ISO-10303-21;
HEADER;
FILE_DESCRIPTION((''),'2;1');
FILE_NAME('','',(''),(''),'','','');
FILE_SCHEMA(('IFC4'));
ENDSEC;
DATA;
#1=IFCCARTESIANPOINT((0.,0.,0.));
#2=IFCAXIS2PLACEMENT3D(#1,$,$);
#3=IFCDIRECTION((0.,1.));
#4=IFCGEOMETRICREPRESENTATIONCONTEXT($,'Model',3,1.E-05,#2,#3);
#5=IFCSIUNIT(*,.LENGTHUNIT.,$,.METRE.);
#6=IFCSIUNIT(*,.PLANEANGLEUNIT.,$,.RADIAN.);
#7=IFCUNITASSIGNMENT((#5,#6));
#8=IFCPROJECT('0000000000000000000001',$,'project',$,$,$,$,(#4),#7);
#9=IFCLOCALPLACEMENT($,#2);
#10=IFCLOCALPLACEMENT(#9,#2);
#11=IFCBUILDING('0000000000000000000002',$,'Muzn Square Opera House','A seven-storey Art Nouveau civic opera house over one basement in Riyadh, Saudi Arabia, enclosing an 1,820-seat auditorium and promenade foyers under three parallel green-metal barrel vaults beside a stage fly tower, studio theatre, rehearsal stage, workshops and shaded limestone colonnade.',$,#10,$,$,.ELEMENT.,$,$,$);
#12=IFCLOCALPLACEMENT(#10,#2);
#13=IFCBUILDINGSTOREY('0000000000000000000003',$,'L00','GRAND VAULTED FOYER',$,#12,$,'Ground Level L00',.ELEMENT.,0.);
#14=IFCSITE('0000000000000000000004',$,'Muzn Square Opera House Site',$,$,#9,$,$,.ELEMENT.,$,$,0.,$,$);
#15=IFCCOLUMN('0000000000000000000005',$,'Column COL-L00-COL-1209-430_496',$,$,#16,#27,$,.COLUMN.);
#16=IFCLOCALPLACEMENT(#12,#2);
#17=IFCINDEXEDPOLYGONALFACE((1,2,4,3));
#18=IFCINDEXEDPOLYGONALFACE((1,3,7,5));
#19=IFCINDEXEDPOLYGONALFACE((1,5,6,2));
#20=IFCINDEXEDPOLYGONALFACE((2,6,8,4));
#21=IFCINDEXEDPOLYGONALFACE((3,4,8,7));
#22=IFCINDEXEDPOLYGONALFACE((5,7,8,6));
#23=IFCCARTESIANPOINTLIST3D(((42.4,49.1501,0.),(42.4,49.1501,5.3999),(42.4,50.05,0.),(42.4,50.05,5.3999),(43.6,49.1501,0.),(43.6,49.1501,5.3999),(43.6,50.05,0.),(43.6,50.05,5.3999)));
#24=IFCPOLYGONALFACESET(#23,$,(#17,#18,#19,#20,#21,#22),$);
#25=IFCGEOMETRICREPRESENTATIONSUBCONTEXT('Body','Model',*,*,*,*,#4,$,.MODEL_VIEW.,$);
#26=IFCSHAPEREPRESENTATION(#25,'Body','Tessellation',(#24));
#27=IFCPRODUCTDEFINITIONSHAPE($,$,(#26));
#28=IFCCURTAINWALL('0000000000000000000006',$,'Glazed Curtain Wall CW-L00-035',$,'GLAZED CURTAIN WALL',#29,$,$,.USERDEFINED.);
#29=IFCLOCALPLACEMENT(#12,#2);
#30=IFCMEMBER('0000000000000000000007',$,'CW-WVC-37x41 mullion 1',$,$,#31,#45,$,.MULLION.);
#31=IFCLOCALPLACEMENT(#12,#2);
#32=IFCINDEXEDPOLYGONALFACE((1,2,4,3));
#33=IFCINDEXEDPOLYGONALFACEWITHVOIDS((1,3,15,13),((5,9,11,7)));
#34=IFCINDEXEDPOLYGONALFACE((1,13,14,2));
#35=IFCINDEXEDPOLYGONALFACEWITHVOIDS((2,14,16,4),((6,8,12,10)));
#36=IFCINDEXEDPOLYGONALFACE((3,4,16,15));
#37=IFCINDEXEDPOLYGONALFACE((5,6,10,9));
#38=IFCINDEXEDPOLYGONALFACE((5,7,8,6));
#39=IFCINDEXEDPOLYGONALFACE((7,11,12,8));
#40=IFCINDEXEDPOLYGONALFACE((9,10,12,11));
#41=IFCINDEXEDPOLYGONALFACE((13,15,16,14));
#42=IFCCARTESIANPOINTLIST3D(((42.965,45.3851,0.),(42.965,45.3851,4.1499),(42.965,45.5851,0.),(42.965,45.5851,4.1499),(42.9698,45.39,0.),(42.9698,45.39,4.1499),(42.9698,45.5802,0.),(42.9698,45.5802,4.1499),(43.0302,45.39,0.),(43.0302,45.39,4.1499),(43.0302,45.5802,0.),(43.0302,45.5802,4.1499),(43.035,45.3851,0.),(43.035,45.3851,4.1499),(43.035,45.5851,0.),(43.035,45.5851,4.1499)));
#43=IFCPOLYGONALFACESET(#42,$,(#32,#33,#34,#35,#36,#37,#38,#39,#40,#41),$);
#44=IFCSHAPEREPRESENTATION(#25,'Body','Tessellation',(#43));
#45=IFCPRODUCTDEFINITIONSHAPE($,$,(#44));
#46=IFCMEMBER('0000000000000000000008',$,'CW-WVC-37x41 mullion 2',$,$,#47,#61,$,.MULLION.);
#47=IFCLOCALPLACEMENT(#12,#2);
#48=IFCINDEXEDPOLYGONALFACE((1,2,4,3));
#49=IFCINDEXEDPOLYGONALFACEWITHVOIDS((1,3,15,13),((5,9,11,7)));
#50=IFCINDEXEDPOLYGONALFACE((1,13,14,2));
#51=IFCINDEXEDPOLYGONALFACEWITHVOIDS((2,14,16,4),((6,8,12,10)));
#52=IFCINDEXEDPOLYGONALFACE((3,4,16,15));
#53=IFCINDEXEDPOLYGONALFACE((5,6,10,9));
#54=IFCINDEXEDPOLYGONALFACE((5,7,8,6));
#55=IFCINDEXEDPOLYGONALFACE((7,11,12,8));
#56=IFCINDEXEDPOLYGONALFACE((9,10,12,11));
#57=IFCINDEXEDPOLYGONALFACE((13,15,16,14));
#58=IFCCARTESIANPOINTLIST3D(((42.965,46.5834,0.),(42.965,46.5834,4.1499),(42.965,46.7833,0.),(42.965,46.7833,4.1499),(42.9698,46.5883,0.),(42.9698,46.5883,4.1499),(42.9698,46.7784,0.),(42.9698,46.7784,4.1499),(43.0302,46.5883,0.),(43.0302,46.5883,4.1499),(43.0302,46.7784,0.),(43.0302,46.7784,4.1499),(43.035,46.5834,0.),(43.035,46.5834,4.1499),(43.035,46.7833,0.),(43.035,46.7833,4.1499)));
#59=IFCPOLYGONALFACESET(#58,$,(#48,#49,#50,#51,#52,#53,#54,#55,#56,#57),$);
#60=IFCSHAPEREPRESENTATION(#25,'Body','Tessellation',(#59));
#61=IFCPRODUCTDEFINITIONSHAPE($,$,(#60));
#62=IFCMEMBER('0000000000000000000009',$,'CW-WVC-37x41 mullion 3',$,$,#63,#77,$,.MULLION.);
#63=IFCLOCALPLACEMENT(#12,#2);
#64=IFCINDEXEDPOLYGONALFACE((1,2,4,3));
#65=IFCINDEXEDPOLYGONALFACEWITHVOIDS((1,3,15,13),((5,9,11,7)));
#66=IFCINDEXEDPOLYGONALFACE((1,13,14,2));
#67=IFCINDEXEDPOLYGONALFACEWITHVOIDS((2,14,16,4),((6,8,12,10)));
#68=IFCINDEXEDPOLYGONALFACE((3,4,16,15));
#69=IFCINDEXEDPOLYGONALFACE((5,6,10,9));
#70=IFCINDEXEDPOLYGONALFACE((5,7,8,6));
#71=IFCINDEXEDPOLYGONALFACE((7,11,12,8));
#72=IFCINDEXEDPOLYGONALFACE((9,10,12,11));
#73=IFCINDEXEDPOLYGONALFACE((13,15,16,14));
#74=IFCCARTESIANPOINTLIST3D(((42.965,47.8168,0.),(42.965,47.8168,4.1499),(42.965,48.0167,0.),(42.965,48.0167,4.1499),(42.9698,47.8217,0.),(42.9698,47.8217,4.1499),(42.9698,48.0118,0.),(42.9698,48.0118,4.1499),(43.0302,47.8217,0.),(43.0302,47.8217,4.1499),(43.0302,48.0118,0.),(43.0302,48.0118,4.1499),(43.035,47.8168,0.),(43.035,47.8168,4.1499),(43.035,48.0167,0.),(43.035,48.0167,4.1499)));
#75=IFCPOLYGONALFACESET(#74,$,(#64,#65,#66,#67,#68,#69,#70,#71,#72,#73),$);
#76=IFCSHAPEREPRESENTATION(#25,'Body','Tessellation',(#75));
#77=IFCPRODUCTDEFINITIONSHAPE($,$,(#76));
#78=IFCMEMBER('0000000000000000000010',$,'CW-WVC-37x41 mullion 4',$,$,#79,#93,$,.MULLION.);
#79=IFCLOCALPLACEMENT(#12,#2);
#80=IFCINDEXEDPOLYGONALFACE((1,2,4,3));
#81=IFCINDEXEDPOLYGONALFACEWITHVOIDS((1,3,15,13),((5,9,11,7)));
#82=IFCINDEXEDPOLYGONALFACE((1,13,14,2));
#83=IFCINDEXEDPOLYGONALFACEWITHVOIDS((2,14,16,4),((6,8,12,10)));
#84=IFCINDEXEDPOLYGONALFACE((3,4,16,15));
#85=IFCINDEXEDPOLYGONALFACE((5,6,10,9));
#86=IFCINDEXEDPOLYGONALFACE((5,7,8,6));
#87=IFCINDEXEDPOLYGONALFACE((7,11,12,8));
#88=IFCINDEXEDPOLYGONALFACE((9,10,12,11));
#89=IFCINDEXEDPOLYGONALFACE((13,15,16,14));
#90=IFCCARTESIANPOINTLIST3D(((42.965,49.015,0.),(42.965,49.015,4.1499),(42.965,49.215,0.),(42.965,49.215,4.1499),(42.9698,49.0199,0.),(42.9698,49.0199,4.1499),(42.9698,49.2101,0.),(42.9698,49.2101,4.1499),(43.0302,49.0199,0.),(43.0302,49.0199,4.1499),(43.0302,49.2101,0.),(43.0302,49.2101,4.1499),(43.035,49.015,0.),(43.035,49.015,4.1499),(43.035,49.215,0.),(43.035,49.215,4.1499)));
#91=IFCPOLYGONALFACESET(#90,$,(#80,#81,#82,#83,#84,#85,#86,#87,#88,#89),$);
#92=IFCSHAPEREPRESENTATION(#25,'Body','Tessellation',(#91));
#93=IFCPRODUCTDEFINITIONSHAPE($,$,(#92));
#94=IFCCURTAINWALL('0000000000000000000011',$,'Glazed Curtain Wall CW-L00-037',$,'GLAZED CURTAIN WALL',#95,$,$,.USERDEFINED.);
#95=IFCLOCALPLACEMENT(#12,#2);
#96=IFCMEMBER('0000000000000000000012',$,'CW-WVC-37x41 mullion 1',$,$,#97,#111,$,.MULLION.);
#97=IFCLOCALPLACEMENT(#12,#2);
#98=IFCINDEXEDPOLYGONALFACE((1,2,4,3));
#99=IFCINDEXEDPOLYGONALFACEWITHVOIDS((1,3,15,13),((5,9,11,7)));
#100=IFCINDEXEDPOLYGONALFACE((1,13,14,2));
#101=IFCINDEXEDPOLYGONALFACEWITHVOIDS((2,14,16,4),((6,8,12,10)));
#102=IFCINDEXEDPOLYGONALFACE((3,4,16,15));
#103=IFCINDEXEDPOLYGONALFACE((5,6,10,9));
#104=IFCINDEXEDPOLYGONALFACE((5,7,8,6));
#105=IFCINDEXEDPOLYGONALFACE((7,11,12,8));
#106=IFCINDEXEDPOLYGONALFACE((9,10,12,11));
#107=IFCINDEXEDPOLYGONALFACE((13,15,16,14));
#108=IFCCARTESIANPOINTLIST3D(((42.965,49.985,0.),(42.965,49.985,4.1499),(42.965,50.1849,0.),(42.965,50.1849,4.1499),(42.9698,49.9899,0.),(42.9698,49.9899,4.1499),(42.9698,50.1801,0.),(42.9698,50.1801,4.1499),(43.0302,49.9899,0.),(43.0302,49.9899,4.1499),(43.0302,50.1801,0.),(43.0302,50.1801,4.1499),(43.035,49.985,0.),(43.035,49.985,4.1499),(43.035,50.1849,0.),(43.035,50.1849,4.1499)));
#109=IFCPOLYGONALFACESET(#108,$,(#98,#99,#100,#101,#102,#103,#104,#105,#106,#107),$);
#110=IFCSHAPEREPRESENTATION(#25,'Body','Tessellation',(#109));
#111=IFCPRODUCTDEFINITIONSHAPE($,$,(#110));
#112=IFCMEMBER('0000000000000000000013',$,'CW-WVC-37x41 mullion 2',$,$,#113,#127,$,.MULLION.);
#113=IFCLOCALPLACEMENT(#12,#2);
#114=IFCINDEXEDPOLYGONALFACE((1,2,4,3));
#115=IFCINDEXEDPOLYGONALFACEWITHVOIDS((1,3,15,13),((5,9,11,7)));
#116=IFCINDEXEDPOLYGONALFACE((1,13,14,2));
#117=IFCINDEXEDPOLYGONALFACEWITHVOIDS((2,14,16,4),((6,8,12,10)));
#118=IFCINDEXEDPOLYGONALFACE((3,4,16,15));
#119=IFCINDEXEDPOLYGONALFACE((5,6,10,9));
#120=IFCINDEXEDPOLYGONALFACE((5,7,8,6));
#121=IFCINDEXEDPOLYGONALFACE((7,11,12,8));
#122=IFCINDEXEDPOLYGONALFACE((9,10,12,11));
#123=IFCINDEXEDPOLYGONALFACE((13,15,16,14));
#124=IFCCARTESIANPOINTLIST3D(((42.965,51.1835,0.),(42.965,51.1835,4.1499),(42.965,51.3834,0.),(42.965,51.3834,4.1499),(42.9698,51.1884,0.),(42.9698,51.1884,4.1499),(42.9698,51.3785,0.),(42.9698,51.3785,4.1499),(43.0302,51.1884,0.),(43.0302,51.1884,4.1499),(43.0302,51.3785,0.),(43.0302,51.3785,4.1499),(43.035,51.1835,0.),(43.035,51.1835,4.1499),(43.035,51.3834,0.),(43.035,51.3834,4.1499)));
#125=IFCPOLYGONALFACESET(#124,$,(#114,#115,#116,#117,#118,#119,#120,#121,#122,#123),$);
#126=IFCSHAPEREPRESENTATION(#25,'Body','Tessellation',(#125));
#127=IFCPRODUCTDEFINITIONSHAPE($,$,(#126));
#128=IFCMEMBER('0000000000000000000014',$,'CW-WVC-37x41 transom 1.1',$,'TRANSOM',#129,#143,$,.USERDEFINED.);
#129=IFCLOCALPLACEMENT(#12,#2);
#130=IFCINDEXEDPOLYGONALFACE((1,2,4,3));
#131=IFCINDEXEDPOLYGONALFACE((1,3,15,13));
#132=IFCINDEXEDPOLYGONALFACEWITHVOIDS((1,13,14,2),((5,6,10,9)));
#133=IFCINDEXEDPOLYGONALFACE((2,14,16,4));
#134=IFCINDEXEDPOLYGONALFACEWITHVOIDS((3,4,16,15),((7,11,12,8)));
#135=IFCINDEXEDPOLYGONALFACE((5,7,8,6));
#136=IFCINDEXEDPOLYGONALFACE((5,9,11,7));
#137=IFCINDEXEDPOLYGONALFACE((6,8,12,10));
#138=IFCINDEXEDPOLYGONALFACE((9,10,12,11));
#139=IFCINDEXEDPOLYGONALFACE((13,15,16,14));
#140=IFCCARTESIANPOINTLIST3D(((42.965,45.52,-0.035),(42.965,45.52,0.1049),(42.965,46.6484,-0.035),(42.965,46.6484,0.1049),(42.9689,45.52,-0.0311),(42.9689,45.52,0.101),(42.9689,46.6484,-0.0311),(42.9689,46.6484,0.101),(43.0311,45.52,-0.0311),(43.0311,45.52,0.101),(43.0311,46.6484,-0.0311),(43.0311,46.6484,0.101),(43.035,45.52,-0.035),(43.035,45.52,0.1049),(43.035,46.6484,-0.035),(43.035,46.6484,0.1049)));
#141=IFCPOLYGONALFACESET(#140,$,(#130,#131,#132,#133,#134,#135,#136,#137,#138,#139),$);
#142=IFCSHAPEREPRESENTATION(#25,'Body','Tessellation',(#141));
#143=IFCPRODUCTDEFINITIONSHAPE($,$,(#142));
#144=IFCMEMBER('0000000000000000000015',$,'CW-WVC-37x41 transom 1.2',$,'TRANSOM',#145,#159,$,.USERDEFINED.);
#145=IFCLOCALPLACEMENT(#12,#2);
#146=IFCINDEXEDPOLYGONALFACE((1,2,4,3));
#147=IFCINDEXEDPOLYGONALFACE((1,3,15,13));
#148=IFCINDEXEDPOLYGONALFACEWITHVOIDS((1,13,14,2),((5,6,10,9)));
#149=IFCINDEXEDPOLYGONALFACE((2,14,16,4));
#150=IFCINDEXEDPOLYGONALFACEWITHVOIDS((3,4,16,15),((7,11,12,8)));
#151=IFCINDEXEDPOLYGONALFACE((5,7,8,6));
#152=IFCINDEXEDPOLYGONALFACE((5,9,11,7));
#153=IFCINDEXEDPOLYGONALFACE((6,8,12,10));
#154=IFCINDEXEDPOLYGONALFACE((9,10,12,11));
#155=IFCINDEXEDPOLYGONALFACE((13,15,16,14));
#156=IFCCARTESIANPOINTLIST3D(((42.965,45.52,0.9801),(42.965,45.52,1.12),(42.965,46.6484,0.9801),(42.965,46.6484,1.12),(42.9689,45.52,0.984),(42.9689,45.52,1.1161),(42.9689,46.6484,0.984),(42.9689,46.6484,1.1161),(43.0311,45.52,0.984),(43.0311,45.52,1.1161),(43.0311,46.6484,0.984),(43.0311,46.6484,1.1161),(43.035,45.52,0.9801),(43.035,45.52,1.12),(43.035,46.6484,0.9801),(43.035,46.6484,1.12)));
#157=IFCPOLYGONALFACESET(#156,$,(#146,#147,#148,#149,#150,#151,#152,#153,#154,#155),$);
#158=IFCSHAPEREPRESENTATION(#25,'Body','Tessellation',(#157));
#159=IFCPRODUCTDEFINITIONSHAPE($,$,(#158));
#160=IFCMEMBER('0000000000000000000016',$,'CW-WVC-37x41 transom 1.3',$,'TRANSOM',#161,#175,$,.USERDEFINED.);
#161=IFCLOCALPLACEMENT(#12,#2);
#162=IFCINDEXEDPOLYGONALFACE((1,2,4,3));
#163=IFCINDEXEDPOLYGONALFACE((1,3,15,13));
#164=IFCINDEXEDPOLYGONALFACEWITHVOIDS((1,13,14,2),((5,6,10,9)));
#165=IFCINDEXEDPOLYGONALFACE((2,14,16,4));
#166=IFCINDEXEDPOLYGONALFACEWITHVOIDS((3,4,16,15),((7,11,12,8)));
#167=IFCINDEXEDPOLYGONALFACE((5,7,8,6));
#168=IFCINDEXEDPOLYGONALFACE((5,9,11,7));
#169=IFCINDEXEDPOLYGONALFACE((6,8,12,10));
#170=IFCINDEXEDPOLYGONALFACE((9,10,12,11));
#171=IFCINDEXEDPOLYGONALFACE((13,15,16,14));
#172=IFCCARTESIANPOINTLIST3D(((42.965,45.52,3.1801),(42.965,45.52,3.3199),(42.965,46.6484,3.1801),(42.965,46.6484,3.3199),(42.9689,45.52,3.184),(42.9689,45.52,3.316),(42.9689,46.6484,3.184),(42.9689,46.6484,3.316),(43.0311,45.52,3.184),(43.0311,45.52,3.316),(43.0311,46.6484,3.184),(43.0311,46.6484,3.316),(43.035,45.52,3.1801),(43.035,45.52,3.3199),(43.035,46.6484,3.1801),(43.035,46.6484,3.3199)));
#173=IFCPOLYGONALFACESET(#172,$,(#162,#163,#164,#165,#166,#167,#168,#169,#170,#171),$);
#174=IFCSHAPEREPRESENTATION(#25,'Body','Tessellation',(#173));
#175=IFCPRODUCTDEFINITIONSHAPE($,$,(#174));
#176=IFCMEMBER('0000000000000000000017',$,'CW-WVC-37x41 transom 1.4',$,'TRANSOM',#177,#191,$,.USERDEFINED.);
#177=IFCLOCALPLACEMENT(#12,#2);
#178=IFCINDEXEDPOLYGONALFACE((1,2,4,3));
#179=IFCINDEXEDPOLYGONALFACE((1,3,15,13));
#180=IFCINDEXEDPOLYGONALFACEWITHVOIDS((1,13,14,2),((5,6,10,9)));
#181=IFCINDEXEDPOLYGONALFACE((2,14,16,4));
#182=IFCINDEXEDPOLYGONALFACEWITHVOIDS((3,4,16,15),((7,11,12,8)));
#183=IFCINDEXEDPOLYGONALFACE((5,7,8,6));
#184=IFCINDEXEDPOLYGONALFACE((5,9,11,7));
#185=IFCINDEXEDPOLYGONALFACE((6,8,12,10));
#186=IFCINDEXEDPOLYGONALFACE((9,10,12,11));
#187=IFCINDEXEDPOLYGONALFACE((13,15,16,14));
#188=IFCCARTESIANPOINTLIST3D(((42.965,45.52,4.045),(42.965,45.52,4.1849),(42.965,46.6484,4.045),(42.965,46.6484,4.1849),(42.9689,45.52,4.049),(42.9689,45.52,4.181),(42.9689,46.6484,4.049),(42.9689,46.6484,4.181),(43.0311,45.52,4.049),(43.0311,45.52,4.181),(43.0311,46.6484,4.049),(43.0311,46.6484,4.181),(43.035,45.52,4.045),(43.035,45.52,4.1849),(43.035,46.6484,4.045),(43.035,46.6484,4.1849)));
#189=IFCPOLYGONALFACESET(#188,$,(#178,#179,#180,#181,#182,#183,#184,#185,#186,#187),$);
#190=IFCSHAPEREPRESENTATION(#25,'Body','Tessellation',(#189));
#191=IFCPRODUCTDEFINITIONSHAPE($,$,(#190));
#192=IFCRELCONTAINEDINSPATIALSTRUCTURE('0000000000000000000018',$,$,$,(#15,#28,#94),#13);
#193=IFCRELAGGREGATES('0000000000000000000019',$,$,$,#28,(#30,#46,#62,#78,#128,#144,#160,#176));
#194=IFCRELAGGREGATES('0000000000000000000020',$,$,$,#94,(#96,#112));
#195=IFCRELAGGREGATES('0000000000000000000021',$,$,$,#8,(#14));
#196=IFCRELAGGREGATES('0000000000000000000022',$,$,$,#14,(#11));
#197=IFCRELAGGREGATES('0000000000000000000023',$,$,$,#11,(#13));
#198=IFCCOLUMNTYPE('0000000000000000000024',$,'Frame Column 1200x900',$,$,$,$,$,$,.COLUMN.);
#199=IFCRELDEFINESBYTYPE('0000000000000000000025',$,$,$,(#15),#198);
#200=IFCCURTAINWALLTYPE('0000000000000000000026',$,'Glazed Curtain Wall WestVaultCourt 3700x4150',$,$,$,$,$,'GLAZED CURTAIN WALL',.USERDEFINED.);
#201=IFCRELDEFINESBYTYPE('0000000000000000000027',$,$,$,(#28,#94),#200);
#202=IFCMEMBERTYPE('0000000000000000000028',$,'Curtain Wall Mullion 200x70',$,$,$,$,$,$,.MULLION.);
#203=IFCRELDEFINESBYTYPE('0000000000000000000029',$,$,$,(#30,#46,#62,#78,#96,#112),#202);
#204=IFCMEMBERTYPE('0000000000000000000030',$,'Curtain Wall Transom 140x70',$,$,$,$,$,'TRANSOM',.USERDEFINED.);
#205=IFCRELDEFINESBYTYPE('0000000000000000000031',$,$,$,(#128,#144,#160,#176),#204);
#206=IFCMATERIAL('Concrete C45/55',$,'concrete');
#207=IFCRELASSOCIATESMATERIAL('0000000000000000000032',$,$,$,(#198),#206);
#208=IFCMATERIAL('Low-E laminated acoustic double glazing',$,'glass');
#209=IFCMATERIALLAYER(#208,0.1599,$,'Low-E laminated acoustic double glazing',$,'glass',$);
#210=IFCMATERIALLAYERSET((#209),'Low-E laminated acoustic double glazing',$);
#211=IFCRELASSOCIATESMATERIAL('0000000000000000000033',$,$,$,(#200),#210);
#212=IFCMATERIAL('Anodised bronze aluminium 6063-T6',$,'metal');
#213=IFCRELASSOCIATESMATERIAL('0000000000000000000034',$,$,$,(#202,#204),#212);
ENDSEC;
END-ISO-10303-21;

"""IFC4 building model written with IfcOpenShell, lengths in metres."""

from ifc_helpers import new_model, si_unit, direction, frame, origin, origin_2d, place, context, subcontext, project, spatial, rectangle, hollow_rectangle, extrude, material, layer, layer_set, material_profile, profile_set, type_object, element, aggregate, save


model = new_model("IFC4")

# Units and contexts
model_context = context("Model", 3, precision=1e-05, world=origin(), true_north=direction((0.0, 1.0)))
body_context = subcontext(model_context, "Body", "Model", "MODEL_VIEW")
ifc_project = project(units=[si_unit("LENGTHUNIT", "METRE"), si_unit("PLANEANGLEUNIT", "RADIAN")], contexts=[model_context])

# Site, building, storey
site_placement = place(None, origin())
site = spatial("IfcSite", under=ifc_project, at=site_placement, Name="Muzn Square Opera House Site", CompositionType="ELEMENT", RefElevation=0.0)
building_placement = place(site_placement, origin())
building = spatial("IfcBuilding", under=site, at=building_placement, Name="Muzn Square Opera House", Description="A seven-storey Art Nouveau civic opera house over one basement in Riyadh, Saudi Arabia, enclosing an 1,820-seat auditorium and promenade foyers under three parallel green-metal barrel vaults beside a stage fly tower, studio theatre, rehearsal stage, workshops and shaded limestone colonnade.", CompositionType="ELEMENT")
storey_placement = place(building_placement, origin())
storey = spatial("IfcBuildingStorey", under=building, at=storey_placement, Name="L00", Description="GRAND VAULTED FOYER", LongName="Ground Level L00", CompositionType="ELEMENT", Elevation=0.0)

# Column
ifc_material_1 = material(Name="Concrete C45/55", Category="concrete")
ifc_material_profile_1 = material_profile(ifc_material_1, rectangle(XDim=1.2, YDim=0.8999, at=origin_2d()), Name="RC 1200x900", Category="concrete")
ifc_profile_set_1 = profile_set([ifc_material_profile_1], Name="Concrete C45/55")
column_type = type_object("IfcColumnType", Name="Frame Column 1200x900", PredefinedType="COLUMN", material=ifc_profile_set_1)
column_placement = place(storey_placement, frame((43.0, 49.6001, 0.0), z_axis=(0.0, 0.0, 1.0), x_axis=(1.0, 0.0, 0.0)))
element("IfcColumn", 1, at=column_placement, inside=storey, type_object=column_type, Name="Column COL-L00-COL-1209-430_496", PredefinedType="COLUMN", context=body_context, shape_type="SweptSolid", body=[
    extrude(rectangle(XDim=1.2, YDim=0.8999, at=origin_2d()), origin(), (0.0, 0.0, 1.0), 5.3999),
])

# Curtain walls, members
ifc_material_2 = material(Name="Low-E laminated acoustic double glazing", Category="glass")
ifc_layer_1 = layer(ifc_material_2, 0.1599, Name="Low-E laminated acoustic double glazing", Category="glass")
ifc_layer_set_1 = layer_set([ifc_layer_1], Name="Low-E laminated acoustic double glazing")
curtain_wall_type = type_object("IfcCurtainWallType", Name="Glazed Curtain Wall WestVaultCourt 3700x4150", ElementType="GLAZED CURTAIN WALL", PredefinedType="USERDEFINED", material=ifc_layer_set_1)
curtain_wall_1_placement = place(storey_placement, origin())
curtain_wall_1 = element("IfcCurtainWall", 2, at=curtain_wall_1_placement, inside=storey, type_object=curtain_wall_type, Name="Glazed Curtain Wall CW-L00-035", ObjectType="GLAZED CURTAIN WALL", PredefinedType="USERDEFINED")
ifc_material_3 = material(Name="Anodised bronze aluminium 6063-T6", Category="metal")
ifc_material_profile_2 = material_profile(ifc_material_3, hollow_rectangle(XDim=0.0701, YDim=0.2, WallThickness=0.0049, at=origin_2d()), Name="ALU 200x70x5", Category="metal")
ifc_profile_set_2 = profile_set([ifc_material_profile_2], Name="Anodised bronze aluminium 6063-T6")
member_type_1 = type_object("IfcMemberType", Name="Curtain Wall Mullion 200x70", PredefinedType="MULLION", material=ifc_profile_set_2)
member_1_placement = place(storey_placement, frame((43.0, 45.4851, 0.0), z_axis=(0.0, 0.0, 1.0), x_axis=(-1.0, 0.0, 0.0)))
member_1 = element("IfcMember", 3, at=member_1_placement, type_object=member_type_1, Name="CW-WVC-37x41 mullion 1", PredefinedType="MULLION", context=body_context, shape_type="SweptSolid", body=[
    extrude(hollow_rectangle(XDim=0.0701, YDim=0.2, WallThickness=0.0049, at=origin_2d()), origin(), (0.0, 0.0, 1.0), 4.1499),
])
member_2_placement = place(storey_placement, frame((43.0, 46.6833, 0.0), z_axis=(0.0, 0.0, 1.0), x_axis=(-1.0, 0.0, 0.0)))
member_2 = element("IfcMember", 4, at=member_2_placement, type_object=member_type_1, Name="CW-WVC-37x41 mullion 2", PredefinedType="MULLION", context=body_context, shape_type="SweptSolid", body=[
    extrude(hollow_rectangle(XDim=0.0701, YDim=0.2, WallThickness=0.0049, at=origin_2d()), origin(), (0.0, 0.0, 1.0), 4.1499),
])
member_3_placement = place(storey_placement, frame((43.0, 47.9167, 0.0), z_axis=(0.0, 0.0, 1.0), x_axis=(-1.0, 0.0, 0.0)))
member_3 = element("IfcMember", 5, at=member_3_placement, type_object=member_type_1, Name="CW-WVC-37x41 mullion 3", PredefinedType="MULLION", context=body_context, shape_type="SweptSolid", body=[
    extrude(hollow_rectangle(XDim=0.0701, YDim=0.2, WallThickness=0.0049, at=origin_2d()), origin(), (0.0, 0.0, 1.0), 4.1499),
])
member_4_placement = place(storey_placement, frame((43.0, 49.115, 0.0), z_axis=(0.0, 0.0, 1.0), x_axis=(-1.0, 0.0, 0.0)))
member_4 = element("IfcMember", 6, at=member_4_placement, type_object=member_type_1, Name="CW-WVC-37x41 mullion 4", PredefinedType="MULLION", context=body_context, shape_type="SweptSolid", body=[
    extrude(hollow_rectangle(XDim=0.0701, YDim=0.2, WallThickness=0.0049, at=origin_2d()), origin(), (0.0, 0.0, 1.0), 4.1499),
])
curtain_wall_2_placement = place(storey_placement, origin())
curtain_wall_2 = element("IfcCurtainWall", 7, at=curtain_wall_2_placement, inside=storey, type_object=curtain_wall_type, Name="Glazed Curtain Wall CW-L00-037", ObjectType="GLAZED CURTAIN WALL", PredefinedType="USERDEFINED")
member_5_placement = place(storey_placement, frame((43.0, 50.085, 0.0), z_axis=(0.0, 0.0, 1.0), x_axis=(-1.0, 0.0, 0.0)))
member_5 = element("IfcMember", 8, at=member_5_placement, type_object=member_type_1, Name="CW-WVC-37x41 mullion 1", PredefinedType="MULLION", context=body_context, shape_type="SweptSolid", body=[
    extrude(hollow_rectangle(XDim=0.0701, YDim=0.2, WallThickness=0.0049, at=origin_2d()), origin(), (0.0, 0.0, 1.0), 4.1499),
])
member_6_placement = place(storey_placement, frame((43.0, 51.2834, 0.0), z_axis=(0.0, 0.0, 1.0), x_axis=(-1.0, 0.0, 0.0)))
member_6 = element("IfcMember", 9, at=member_6_placement, type_object=member_type_1, Name="CW-WVC-37x41 mullion 2", PredefinedType="MULLION", context=body_context, shape_type="SweptSolid", body=[
    extrude(hollow_rectangle(XDim=0.0701, YDim=0.2, WallThickness=0.0049, at=origin_2d()), origin(), (0.0, 0.0, 1.0), 4.1499),
])

# Members
ifc_material_profile_3 = material_profile(ifc_material_3, hollow_rectangle(XDim=0.0701, YDim=0.1399, WallThickness=0.0039, at=origin_2d()), Name="ALU 140x70x4", Category="metal")
ifc_profile_set_3 = profile_set([ifc_material_profile_3], Name="Anodised bronze aluminium 6063-T6")
member_type_2 = type_object("IfcMemberType", Name="Curtain Wall Transom 140x70", ElementType="TRANSOM", PredefinedType="USERDEFINED", material=ifc_profile_set_3)
member_7_placement = place(storey_placement, frame((43.0, 45.52, 0.0349), z_axis=(0.0, 1.0, 0.0), x_axis=(-1.0, 0.0, 0.0)))
member_7 = element("IfcMember", 10, at=member_7_placement, type_object=member_type_2, Name="CW-WVC-37x41 transom 1.1", ObjectType="TRANSOM", PredefinedType="USERDEFINED", context=body_context, shape_type="SweptSolid", body=[
    extrude(hollow_rectangle(XDim=0.0701, YDim=0.1399, WallThickness=0.0039, at=origin_2d()), origin(), (0.0, 0.0, 1.0), 1.1284),
])
member_8_placement = place(storey_placement, frame((43.0, 45.52, 1.05), z_axis=(0.0, 1.0, 0.0), x_axis=(-1.0, 0.0, 0.0)))
member_8 = element("IfcMember", 11, at=member_8_placement, type_object=member_type_2, Name="CW-WVC-37x41 transom 1.2", ObjectType="TRANSOM", PredefinedType="USERDEFINED", context=body_context, shape_type="SweptSolid", body=[
    extrude(hollow_rectangle(XDim=0.0701, YDim=0.1399, WallThickness=0.0039, at=origin_2d()), origin(), (0.0, 0.0, 1.0), 1.1284),
])
member_9_placement = place(storey_placement, frame((43.0, 45.52, 3.25), z_axis=(0.0, 1.0, 0.0), x_axis=(-1.0, 0.0, 0.0)))
member_9 = element("IfcMember", 12, at=member_9_placement, type_object=member_type_2, Name="CW-WVC-37x41 transom 1.3", ObjectType="TRANSOM", PredefinedType="USERDEFINED", context=body_context, shape_type="SweptSolid", body=[
    extrude(hollow_rectangle(XDim=0.0701, YDim=0.1399, WallThickness=0.0039, at=origin_2d()), origin(), (0.0, 0.0, 1.0), 1.1284),
])
member_10_placement = place(storey_placement, frame((43.0, 45.52, 4.115), z_axis=(0.0, 1.0, 0.0), x_axis=(-1.0, 0.0, 0.0)))
member_10 = element("IfcMember", 13, at=member_10_placement, type_object=member_type_2, Name="CW-WVC-37x41 transom 1.4", ObjectType="TRANSOM", PredefinedType="USERDEFINED", context=body_context, shape_type="SweptSolid", body=[
    extrude(hollow_rectangle(XDim=0.0701, YDim=0.1399, WallThickness=0.0039, at=origin_2d()), origin(), (0.0, 0.0, 1.0), 1.1284),
])

aggregate(curtain_wall_1, [member_1, member_2, member_3, member_4, member_7, member_8, member_9, member_10])
aggregate(curtain_wall_2, [member_5, member_6])

save(model, "model.ifc")
